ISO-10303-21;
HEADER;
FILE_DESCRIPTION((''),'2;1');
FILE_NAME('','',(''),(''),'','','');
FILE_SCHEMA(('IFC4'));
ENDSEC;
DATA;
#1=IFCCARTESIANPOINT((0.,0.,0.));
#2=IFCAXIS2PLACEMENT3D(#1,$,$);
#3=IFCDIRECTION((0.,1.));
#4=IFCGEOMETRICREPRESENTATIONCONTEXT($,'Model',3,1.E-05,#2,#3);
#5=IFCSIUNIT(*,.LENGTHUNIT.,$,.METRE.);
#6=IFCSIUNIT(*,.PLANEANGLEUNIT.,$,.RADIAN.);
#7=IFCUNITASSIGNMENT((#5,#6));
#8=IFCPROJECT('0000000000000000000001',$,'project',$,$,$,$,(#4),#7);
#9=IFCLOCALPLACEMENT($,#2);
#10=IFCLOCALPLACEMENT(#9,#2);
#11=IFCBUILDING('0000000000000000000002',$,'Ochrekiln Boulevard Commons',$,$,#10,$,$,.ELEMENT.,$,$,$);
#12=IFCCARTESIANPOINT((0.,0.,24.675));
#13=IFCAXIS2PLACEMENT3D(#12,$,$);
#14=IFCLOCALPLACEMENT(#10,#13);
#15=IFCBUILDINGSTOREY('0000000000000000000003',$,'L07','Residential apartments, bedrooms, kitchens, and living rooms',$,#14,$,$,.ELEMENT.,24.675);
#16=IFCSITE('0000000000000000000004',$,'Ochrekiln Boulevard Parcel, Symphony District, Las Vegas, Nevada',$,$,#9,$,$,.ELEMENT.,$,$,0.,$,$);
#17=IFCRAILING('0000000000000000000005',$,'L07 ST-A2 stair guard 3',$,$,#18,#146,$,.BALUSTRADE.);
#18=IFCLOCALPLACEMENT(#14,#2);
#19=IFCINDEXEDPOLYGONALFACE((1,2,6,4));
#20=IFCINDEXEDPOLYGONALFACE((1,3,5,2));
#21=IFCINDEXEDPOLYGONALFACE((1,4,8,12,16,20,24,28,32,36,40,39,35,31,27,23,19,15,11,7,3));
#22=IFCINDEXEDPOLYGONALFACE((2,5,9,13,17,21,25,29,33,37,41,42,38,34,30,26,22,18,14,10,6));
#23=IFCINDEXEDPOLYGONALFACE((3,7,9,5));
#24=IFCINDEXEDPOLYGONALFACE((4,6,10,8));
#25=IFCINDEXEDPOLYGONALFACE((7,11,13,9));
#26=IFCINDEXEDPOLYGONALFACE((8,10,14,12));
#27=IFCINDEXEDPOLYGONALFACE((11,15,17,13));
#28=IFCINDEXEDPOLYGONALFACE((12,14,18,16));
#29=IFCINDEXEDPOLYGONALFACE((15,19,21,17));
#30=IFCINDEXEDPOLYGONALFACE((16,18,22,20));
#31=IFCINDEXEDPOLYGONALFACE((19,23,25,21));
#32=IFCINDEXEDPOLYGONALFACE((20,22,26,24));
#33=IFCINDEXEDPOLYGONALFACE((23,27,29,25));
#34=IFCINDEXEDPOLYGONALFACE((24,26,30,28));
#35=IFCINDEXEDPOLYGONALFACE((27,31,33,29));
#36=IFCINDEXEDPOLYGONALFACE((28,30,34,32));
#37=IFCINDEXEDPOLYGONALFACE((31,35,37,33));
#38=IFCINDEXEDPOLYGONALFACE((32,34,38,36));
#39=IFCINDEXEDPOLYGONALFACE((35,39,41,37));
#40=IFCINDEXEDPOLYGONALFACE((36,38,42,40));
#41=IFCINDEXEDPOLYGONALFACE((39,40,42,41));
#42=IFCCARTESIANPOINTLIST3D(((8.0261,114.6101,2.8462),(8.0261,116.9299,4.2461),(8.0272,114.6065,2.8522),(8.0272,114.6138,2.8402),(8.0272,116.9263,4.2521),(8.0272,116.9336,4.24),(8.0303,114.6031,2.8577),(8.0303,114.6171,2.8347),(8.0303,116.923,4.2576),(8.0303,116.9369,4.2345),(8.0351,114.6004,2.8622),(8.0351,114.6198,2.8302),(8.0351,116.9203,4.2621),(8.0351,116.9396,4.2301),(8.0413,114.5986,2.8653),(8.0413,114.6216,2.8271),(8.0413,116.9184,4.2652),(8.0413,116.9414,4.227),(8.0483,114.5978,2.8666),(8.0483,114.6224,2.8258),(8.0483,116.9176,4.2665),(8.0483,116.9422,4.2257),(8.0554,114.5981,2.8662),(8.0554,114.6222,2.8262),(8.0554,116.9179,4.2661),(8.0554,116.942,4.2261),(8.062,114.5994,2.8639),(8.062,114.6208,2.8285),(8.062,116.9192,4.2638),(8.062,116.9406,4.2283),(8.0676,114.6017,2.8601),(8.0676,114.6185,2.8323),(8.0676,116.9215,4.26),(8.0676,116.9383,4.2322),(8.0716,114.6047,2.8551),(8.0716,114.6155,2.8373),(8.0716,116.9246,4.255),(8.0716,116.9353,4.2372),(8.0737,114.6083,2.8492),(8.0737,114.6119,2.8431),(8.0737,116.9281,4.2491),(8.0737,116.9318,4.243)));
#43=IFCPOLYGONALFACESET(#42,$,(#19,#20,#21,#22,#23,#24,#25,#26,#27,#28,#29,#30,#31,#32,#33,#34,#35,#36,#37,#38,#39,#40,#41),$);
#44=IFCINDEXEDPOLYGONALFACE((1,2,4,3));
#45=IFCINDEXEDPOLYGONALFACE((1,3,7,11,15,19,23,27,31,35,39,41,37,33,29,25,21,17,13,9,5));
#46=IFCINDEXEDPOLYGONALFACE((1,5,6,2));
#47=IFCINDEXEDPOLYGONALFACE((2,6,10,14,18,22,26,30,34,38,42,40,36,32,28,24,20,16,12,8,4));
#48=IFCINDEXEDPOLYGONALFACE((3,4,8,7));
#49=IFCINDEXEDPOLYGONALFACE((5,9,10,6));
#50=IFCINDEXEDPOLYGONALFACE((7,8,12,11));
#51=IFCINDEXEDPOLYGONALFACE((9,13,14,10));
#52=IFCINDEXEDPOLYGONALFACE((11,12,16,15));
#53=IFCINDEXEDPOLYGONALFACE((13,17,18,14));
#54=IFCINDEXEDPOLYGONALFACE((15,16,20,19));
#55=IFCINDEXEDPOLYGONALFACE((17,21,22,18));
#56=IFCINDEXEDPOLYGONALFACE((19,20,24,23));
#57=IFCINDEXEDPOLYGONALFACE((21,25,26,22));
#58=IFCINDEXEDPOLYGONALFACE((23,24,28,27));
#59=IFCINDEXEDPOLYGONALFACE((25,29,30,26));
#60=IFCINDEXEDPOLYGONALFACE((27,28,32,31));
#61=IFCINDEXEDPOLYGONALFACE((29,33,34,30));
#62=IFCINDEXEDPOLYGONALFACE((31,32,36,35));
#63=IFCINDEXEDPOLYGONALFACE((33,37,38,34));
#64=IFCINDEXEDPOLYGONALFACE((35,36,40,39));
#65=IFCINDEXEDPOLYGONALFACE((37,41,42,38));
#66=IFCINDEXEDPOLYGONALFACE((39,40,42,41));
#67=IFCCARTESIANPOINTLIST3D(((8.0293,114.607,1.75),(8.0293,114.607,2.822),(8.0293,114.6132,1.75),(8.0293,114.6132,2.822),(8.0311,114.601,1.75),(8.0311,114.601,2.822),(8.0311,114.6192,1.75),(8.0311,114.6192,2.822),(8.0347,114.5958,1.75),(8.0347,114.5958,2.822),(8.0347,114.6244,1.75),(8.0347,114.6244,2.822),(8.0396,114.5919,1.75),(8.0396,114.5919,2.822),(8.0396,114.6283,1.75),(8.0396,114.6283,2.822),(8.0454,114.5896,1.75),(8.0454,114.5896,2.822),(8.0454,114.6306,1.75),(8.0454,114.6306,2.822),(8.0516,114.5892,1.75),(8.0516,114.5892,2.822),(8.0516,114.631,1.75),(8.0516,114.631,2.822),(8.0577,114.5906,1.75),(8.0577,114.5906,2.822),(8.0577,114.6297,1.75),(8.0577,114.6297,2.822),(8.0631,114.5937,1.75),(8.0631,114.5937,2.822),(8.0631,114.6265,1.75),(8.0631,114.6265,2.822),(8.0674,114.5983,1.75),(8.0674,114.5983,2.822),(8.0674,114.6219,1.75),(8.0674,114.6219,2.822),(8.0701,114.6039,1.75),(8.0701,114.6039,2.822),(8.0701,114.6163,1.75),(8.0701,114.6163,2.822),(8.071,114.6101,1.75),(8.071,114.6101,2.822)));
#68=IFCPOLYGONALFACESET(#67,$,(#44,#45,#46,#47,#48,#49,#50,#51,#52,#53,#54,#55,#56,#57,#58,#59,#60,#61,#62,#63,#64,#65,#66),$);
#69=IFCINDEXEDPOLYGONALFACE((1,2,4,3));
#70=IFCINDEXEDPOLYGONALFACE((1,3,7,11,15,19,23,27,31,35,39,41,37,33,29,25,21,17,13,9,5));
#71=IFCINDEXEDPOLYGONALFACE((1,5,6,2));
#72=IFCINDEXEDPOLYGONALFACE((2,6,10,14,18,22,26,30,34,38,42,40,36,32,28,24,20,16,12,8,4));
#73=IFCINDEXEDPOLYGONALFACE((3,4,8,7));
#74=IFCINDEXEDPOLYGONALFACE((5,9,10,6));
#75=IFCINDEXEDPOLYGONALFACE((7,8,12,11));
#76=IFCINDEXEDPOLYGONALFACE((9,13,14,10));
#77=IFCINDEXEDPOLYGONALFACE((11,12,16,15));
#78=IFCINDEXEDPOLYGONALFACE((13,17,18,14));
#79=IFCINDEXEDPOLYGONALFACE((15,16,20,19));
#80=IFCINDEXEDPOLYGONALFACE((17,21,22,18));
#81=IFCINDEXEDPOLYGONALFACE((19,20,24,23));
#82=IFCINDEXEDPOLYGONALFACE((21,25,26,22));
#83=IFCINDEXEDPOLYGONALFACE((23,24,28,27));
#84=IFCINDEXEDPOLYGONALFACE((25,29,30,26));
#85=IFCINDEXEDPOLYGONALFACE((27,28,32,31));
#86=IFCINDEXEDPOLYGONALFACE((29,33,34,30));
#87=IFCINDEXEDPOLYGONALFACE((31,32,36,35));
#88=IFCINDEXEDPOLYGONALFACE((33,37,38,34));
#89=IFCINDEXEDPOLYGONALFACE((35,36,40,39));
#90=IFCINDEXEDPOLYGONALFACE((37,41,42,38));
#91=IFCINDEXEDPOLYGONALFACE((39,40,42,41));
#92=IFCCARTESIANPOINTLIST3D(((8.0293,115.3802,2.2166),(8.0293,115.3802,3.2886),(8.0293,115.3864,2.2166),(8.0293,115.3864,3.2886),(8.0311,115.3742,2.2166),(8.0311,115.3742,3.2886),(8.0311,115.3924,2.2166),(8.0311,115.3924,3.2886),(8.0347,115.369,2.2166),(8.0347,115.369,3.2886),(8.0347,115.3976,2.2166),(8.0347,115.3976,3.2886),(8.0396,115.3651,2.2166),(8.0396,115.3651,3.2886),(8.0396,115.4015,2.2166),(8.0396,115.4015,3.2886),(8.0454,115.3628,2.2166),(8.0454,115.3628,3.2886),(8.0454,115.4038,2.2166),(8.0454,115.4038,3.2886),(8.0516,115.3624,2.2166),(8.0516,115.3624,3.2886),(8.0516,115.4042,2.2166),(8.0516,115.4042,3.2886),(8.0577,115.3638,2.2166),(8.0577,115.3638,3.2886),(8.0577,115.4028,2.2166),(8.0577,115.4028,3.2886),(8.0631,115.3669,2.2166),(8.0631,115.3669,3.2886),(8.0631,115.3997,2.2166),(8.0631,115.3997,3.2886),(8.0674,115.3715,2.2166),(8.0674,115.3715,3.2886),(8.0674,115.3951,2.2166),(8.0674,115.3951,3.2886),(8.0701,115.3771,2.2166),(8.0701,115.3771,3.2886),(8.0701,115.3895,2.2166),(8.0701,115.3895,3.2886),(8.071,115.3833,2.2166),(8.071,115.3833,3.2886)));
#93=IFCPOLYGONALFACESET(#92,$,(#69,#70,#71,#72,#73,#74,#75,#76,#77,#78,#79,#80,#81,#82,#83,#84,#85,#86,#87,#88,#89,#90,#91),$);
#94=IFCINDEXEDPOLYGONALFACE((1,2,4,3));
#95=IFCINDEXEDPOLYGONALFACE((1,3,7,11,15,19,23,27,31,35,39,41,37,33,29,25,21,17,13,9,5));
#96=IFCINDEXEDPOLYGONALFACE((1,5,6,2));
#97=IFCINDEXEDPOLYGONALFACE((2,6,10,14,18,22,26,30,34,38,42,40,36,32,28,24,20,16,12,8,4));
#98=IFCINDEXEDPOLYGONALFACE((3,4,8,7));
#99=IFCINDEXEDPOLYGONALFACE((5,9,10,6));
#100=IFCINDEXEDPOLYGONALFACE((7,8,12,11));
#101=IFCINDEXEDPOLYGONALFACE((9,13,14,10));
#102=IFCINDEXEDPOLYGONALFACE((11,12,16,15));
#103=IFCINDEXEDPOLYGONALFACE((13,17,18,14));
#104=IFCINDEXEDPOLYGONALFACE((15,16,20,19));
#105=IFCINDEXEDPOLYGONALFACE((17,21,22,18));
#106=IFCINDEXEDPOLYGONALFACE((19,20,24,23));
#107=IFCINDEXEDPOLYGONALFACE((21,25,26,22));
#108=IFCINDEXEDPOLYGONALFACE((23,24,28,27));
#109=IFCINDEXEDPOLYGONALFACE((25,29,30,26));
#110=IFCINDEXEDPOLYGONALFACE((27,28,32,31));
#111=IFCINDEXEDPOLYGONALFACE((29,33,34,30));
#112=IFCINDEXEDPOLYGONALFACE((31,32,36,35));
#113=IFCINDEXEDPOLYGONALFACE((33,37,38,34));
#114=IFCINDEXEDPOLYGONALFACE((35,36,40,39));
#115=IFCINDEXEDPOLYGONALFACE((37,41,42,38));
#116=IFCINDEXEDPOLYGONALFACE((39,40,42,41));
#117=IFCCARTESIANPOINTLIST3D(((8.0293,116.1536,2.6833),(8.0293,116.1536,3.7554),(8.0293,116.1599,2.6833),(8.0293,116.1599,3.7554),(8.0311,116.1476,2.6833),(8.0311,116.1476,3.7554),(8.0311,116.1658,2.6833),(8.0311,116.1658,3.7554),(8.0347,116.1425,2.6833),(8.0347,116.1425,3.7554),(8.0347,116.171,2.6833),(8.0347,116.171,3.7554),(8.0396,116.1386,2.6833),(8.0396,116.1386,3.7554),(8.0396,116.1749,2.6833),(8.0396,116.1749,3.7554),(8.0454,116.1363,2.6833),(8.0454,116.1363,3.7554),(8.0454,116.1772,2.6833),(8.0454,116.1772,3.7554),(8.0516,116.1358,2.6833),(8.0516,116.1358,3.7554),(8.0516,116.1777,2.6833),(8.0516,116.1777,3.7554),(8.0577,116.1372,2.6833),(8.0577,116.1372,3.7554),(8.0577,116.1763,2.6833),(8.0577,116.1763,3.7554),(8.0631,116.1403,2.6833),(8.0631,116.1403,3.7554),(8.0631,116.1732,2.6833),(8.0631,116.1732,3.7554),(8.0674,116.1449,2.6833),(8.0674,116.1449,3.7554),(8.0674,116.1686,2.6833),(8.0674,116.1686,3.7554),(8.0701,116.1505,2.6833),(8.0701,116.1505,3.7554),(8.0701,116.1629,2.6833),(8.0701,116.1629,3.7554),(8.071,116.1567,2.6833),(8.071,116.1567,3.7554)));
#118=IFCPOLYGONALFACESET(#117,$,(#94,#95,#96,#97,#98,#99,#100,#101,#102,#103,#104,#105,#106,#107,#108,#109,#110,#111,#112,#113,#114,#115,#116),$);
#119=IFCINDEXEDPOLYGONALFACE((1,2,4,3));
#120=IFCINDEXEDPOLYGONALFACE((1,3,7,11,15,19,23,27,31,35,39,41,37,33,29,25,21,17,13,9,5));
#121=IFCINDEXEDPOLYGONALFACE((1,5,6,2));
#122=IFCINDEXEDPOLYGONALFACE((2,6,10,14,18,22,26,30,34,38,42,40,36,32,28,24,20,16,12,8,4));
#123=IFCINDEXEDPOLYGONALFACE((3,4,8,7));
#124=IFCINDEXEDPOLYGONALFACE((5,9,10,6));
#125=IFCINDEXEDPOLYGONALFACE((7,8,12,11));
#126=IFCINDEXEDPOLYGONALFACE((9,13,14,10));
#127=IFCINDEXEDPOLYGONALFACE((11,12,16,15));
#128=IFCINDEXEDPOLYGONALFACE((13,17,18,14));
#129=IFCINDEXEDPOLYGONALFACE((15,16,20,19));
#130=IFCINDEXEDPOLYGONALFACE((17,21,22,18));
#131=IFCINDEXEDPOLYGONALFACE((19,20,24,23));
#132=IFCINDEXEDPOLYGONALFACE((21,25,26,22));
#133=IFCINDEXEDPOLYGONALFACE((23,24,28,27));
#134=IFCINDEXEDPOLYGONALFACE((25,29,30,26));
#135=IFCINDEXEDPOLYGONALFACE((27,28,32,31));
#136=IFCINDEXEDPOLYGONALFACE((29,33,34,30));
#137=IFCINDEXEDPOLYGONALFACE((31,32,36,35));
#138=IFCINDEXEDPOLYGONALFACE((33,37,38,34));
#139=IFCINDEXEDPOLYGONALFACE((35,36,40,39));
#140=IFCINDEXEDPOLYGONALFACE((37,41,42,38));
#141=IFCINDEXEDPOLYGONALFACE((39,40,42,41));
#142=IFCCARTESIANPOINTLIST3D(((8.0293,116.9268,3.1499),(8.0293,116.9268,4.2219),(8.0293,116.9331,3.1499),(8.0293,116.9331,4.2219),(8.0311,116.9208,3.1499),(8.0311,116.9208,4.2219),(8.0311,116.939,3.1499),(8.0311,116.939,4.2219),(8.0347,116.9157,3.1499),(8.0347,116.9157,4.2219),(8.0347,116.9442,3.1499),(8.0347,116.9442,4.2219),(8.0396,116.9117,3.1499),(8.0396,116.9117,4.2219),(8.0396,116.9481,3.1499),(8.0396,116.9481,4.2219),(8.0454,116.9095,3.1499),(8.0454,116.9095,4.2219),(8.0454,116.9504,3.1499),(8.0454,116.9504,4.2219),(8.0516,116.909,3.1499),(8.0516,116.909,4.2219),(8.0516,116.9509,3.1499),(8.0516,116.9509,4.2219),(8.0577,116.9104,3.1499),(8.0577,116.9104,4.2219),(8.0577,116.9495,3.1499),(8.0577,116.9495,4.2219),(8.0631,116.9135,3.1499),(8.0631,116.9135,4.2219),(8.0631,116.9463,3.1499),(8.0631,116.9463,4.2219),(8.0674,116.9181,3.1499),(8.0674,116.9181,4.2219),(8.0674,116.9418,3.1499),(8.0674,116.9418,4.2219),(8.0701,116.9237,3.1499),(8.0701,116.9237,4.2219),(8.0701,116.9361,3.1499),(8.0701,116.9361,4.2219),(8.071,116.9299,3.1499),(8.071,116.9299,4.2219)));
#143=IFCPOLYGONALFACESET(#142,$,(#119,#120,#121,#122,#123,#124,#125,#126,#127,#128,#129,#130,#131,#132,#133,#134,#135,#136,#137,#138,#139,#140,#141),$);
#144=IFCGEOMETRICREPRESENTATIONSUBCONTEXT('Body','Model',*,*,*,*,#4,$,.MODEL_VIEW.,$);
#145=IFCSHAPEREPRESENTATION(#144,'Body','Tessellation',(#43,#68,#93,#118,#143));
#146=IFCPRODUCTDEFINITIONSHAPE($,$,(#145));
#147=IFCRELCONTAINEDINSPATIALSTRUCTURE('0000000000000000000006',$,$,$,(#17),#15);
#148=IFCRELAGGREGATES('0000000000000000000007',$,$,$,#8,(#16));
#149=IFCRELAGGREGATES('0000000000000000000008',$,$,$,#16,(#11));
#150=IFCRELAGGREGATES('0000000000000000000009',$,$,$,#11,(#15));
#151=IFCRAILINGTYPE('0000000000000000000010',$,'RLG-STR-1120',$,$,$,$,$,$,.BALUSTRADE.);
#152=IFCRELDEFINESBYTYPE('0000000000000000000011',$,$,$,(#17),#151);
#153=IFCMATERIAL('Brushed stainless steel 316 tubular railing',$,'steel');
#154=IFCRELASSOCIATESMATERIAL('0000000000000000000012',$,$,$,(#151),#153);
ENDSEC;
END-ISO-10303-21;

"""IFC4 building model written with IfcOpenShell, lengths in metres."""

from ifc_helpers import new_model, si_unit, direction, frame, origin, origin_2d, place, context, subcontext, project, spatial, circle, extrude, material, type_object, element, save


model = new_model("IFC4")

# Units and contexts
model_context = context("Model", 3, precision=1e-05, world=origin(), true_north=direction((0.0, 1.0)))
body_context = subcontext(model_context, "Body", "Model", "MODEL_VIEW")
ifc_project = project(units=[si_unit("LENGTHUNIT", "METRE"), si_unit("PLANEANGLEUNIT", "RADIAN")], contexts=[model_context])

# Site, building, storey
site_placement = place(None, origin())
site = spatial("IfcSite", under=ifc_project, at=site_placement, Name="Ochrekiln Boulevard Parcel, Symphony District, Las Vegas, Nevada", CompositionType="ELEMENT", RefElevation=0.0)
building_placement = place(site_placement, origin())
building = spatial("IfcBuilding", under=site, at=building_placement, Name="Ochrekiln Boulevard Commons", CompositionType="ELEMENT")
storey_placement = place(building_placement, frame((0.0, 0.0, 24.675)))
storey = spatial("IfcBuildingStorey", under=building, at=storey_placement, Name="L07", Description="Residential apartments, bedrooms, kitchens, and living rooms", CompositionType="ELEMENT", Elevation=24.675)

# Railing
ifc_material_1 = material(Name="Brushed stainless steel 316 tubular railing", Category="steel")
railing_type_1 = type_object("IfcRailingType", Name="RLG-STR-1120", PredefinedType="BALUSTRADE", material=ifc_material_1)
railing_1_placement = place(storey_placement, frame((8.05, 114.6101, 1.75)))
element("IfcRailing", 1, at=railing_1_placement, inside=storey, type_object=railing_type_1, Name="L07 ST-A2 stair guard 3", PredefinedType="BALUSTRADE", context=body_context, shape_type="SweptSolid", body=[
    extrude(circle(Radius=0.0239, at=origin_2d()), frame((0.0, 0.0, 1.0962), z_axis=(0.0, 0.856186, 0.516667), x_axis=(-1.0, 0.0, 0.0)), (0.0, 0.0, 1.0), 2.7095),
    extrude(circle(Radius=0.021, at=origin_2d()), origin(), (0.0, 0.0, 1.0), 1.072),
    extrude(circle(Radius=0.021, at=origin_2d()), frame((0.0, 0.7732, 0.4666)), (0.0, 0.0, 1.0), 1.072),
    extrude(circle(Radius=0.021, at=origin_2d()), frame((0.0, 1.5466, 0.9333)), (0.0, 0.0, 1.0), 1.072),
    extrude(circle(Radius=0.021, at=origin_2d()), frame((0.0, 2.3198, 1.3999)), (0.0, 0.0, 1.0), 1.072),
])

save(model, "model.ifc")
